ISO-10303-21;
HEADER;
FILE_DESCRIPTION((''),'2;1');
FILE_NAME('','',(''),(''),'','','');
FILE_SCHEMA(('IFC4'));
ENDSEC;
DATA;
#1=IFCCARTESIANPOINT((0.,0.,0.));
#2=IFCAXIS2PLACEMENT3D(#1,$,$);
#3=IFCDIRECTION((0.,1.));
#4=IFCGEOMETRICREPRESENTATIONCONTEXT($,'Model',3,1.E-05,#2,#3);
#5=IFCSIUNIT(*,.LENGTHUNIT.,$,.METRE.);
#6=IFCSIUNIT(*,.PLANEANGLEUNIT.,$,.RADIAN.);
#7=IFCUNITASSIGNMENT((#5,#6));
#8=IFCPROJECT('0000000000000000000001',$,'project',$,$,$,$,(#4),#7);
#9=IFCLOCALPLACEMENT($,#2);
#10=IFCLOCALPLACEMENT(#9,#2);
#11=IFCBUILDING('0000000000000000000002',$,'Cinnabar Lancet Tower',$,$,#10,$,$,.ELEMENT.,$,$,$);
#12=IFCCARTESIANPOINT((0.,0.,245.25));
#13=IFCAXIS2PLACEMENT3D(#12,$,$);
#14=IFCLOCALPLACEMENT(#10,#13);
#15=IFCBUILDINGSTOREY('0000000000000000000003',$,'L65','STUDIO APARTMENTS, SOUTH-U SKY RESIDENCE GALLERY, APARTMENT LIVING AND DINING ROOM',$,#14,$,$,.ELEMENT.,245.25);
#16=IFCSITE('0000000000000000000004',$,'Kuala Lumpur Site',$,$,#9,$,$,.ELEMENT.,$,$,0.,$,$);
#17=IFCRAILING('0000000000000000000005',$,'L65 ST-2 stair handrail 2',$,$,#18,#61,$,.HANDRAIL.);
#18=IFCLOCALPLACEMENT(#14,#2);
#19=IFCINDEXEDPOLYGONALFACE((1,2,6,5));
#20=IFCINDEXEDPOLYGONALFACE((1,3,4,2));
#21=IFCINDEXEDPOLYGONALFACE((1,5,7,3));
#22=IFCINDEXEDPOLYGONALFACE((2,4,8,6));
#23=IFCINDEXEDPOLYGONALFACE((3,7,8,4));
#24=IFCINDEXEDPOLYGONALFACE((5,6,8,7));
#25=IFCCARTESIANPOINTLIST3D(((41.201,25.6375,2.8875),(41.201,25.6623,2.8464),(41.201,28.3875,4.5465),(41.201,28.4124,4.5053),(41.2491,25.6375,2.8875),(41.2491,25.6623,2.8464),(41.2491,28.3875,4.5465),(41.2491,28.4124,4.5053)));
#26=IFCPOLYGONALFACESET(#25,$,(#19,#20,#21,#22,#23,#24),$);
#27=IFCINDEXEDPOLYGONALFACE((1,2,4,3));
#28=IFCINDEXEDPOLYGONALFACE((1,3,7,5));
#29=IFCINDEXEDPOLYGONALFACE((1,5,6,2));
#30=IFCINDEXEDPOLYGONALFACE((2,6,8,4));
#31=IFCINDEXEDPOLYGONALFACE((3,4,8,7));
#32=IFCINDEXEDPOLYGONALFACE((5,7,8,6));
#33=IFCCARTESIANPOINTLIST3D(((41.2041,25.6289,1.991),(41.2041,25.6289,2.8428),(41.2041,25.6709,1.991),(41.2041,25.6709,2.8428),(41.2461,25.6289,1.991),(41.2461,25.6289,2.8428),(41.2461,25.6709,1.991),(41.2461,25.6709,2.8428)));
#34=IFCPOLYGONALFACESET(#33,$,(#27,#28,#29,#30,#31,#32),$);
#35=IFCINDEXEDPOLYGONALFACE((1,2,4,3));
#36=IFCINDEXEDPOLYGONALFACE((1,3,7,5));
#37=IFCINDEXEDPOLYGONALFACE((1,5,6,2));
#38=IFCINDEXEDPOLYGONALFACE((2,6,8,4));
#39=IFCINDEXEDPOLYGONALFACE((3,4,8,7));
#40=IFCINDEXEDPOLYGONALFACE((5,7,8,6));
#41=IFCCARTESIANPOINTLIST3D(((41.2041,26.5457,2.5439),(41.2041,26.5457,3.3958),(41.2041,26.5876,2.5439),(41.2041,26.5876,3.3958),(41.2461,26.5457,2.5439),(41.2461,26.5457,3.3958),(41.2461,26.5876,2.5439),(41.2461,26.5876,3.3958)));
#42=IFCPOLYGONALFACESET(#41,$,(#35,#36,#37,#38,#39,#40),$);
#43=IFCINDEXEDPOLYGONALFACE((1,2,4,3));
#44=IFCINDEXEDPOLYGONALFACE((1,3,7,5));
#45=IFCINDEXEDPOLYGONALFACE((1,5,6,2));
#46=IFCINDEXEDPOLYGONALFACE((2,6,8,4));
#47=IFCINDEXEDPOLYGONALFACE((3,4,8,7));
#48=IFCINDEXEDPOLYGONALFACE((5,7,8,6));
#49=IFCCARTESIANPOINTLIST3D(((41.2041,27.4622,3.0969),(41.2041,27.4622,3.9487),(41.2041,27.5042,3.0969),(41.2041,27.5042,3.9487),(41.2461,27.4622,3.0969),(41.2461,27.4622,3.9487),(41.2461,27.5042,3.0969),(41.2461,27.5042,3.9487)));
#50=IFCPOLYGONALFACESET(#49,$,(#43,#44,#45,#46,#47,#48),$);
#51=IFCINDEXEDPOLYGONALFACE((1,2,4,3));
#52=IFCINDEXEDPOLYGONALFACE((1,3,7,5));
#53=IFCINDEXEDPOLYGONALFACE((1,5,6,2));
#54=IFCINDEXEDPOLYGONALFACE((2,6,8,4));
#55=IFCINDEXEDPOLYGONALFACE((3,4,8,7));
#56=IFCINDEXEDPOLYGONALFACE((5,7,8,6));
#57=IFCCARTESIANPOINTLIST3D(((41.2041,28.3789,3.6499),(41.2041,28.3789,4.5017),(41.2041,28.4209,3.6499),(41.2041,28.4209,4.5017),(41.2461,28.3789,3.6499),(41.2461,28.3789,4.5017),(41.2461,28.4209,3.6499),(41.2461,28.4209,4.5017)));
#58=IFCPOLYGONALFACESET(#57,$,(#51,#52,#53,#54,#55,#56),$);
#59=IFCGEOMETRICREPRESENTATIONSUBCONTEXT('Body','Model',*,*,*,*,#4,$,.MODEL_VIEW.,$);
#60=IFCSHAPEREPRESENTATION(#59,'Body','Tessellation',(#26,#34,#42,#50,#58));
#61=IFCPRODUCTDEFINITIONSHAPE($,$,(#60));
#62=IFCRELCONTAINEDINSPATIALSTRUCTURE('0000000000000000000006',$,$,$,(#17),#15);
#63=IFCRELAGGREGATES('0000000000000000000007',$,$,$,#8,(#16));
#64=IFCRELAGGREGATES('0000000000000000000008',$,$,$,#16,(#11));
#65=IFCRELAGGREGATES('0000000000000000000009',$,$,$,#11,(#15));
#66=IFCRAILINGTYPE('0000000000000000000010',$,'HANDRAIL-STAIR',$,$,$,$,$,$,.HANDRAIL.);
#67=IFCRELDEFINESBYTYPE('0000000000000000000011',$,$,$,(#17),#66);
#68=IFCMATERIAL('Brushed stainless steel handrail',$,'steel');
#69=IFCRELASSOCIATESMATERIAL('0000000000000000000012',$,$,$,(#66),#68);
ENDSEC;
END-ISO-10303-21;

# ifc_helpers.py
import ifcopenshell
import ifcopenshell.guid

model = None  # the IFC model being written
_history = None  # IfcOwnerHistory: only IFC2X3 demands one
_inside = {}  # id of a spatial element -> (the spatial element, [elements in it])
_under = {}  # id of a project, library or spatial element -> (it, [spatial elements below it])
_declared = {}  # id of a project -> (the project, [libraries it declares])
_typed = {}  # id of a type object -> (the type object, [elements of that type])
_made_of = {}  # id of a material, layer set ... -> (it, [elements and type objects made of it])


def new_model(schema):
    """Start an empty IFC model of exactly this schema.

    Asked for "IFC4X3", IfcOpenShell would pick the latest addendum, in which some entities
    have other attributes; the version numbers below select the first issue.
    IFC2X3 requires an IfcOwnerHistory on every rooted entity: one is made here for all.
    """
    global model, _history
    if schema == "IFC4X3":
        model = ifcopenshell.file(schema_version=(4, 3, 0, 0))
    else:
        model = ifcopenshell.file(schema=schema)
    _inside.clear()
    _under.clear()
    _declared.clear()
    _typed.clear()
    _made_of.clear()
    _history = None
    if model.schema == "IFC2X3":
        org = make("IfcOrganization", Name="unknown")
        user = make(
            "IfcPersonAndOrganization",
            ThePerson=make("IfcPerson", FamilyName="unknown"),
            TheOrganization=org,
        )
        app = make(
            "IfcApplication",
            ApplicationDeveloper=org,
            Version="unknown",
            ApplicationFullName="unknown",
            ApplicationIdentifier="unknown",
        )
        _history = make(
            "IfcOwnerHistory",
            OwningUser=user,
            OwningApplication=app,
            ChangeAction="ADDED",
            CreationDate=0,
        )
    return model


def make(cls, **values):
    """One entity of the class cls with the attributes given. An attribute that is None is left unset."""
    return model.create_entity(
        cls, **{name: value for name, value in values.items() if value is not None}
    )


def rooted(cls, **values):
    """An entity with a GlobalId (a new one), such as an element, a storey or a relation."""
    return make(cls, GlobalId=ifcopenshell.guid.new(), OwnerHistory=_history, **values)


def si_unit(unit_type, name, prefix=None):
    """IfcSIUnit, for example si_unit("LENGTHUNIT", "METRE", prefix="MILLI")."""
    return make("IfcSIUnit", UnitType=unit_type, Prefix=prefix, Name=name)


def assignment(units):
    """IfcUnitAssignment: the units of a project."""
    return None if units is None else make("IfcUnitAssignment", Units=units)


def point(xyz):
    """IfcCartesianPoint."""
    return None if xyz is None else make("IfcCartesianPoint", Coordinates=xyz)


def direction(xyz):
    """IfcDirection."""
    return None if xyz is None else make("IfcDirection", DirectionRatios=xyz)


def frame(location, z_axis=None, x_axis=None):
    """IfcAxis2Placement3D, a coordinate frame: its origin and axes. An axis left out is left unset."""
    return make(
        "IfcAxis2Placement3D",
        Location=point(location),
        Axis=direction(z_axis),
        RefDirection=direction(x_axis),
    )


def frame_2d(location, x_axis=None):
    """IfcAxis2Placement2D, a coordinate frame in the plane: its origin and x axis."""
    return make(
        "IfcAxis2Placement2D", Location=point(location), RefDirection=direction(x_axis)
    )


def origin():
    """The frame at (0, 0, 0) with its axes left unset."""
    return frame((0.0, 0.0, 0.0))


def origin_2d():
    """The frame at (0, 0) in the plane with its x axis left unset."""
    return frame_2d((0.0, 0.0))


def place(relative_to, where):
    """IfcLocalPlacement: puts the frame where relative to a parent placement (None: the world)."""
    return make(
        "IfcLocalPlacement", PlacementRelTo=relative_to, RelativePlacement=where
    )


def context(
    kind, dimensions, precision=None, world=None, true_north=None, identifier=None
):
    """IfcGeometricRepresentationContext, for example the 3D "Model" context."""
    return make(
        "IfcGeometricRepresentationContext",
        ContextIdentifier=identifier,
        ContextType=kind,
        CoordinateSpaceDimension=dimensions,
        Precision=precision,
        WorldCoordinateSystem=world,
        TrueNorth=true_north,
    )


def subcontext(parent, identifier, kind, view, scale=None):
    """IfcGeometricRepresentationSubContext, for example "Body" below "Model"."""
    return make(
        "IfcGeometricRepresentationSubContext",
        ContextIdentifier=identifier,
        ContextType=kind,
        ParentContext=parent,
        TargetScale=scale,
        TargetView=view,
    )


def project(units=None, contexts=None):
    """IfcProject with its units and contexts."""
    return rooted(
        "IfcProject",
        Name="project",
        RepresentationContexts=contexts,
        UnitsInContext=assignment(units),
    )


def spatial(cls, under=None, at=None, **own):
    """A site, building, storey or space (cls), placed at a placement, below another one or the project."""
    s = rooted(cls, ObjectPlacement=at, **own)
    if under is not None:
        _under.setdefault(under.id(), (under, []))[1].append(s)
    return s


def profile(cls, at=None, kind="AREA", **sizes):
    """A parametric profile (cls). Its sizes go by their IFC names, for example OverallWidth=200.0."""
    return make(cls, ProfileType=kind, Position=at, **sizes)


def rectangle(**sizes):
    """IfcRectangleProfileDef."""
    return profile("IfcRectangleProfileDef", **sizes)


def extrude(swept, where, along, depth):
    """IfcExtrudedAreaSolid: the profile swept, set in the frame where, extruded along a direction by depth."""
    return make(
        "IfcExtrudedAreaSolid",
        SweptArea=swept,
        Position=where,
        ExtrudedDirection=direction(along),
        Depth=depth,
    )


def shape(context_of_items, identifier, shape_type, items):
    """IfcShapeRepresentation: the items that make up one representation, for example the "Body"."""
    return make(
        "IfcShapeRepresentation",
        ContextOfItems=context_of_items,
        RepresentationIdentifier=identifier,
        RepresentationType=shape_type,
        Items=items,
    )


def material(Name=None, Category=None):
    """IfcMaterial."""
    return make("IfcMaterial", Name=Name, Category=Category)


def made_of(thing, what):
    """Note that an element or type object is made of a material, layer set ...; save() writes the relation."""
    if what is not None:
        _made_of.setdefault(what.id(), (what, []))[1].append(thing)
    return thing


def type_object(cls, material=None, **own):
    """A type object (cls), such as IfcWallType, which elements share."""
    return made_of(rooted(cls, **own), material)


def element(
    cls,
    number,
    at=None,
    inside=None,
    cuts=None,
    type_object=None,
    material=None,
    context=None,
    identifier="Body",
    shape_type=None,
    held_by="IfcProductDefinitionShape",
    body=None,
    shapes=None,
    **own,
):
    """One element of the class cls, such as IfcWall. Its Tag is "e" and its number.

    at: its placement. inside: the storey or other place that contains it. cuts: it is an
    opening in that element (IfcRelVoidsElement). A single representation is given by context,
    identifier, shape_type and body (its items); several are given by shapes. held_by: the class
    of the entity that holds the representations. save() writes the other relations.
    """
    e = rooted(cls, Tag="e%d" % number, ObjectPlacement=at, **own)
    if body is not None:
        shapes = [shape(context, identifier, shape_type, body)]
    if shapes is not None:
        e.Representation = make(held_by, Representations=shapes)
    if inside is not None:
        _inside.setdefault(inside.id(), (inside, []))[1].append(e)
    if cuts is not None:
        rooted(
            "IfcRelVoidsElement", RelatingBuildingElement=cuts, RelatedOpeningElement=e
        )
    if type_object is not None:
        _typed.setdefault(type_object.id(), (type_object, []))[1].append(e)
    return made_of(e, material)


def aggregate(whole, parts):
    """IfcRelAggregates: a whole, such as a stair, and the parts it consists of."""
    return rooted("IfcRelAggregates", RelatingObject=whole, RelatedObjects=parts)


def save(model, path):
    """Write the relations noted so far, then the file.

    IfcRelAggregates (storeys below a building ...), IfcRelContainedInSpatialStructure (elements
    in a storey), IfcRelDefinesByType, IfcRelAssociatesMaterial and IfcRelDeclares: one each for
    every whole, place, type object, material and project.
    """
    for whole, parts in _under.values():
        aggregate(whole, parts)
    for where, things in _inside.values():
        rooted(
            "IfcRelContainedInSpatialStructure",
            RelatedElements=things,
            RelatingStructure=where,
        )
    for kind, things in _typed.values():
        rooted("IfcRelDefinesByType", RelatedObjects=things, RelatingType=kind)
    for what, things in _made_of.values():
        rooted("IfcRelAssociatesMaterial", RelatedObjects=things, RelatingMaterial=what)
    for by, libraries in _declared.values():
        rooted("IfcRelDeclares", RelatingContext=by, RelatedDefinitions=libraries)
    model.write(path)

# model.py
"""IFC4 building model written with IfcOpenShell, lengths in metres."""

from ifc_helpers import new_model, si_unit, direction, frame, origin, origin_2d, place, context, subcontext, project, spatial, rectangle, extrude, material, type_object, element, save


model = new_model("IFC4")

# Units and contexts
model_context = context("Model", 3, precision=1e-05, world=origin(), true_north=direction((0.0, 1.0)))
body_context = subcontext(model_context, "Body", "Model", "MODEL_VIEW")
ifc_project = project(units=[si_unit("LENGTHUNIT", "METRE"), si_unit("PLANEANGLEUNIT", "RADIAN")], contexts=[model_context])

# Site, building, storey
site_placement = place(None, origin())
site = spatial("IfcSite", under=ifc_project, at=site_placement, Name="Kuala Lumpur Site", CompositionType="ELEMENT", RefElevation=0.0)
building_placement = place(site_placement, origin())
building = spatial("IfcBuilding", under=site, at=building_placement, Name="Cinnabar Lancet Tower", CompositionType="ELEMENT")
storey_placement = place(building_placement, frame((0.0, 0.0, 245.25)))
storey = spatial("IfcBuildingStorey", under=building, at=storey_placement, Name="L65", Description="STUDIO APARTMENTS, SOUTH-U SKY RESIDENCE GALLERY, APARTMENT LIVING AND DINING ROOM", CompositionType="ELEMENT", Elevation=245.25)

# Railing
ifc_material_1 = material(Name="Brushed stainless steel handrail", Category="steel")
railing_type_1 = type_object("IfcRailingType", Name="HANDRAIL-STAIR", PredefinedType="HANDRAIL", material=ifc_material_1)
railing_1_placement = place(storey_placement, frame((41.2251, 25.6499, 1.991)))
element("IfcRailing", 1, at=railing_1_placement, inside=storey, type_object=railing_type_1, Name="L65 ST-2 stair handrail 2", PredefinedType="HANDRAIL", context=body_context, shape_type="SweptSolid", body=[
    extrude(rectangle(XDim=0.0481, YDim=0.0481, at=origin_2d()), frame((0.0, 0.0, 0.876), z_axis=(0.0, 0.856263, 0.51654), x_axis=(-1.0, 0.0, 0.0)), (0.0, 0.0, 1.0), 3.2117),
    extrude(rectangle(XDim=0.042, YDim=0.042, at=origin_2d()), origin(), (0.0, 0.0, 1.0), 0.8518),
    extrude(rectangle(XDim=0.042, YDim=0.042, at=origin_2d()), frame((0.0, 0.9167, 0.553)), (0.0, 0.0, 1.0), 0.8518),
    extrude(rectangle(XDim=0.042, YDim=0.042, at=origin_2d()), frame((0.0, 1.8333, 1.106)), (0.0, 0.0, 1.0), 0.8518),
    extrude(rectangle(XDim=0.042, YDim=0.042, at=origin_2d()), frame((0.0, 2.75, 1.6589)), (0.0, 0.0, 1.0), 0.8518),
])

save(model, "model.ifc")
